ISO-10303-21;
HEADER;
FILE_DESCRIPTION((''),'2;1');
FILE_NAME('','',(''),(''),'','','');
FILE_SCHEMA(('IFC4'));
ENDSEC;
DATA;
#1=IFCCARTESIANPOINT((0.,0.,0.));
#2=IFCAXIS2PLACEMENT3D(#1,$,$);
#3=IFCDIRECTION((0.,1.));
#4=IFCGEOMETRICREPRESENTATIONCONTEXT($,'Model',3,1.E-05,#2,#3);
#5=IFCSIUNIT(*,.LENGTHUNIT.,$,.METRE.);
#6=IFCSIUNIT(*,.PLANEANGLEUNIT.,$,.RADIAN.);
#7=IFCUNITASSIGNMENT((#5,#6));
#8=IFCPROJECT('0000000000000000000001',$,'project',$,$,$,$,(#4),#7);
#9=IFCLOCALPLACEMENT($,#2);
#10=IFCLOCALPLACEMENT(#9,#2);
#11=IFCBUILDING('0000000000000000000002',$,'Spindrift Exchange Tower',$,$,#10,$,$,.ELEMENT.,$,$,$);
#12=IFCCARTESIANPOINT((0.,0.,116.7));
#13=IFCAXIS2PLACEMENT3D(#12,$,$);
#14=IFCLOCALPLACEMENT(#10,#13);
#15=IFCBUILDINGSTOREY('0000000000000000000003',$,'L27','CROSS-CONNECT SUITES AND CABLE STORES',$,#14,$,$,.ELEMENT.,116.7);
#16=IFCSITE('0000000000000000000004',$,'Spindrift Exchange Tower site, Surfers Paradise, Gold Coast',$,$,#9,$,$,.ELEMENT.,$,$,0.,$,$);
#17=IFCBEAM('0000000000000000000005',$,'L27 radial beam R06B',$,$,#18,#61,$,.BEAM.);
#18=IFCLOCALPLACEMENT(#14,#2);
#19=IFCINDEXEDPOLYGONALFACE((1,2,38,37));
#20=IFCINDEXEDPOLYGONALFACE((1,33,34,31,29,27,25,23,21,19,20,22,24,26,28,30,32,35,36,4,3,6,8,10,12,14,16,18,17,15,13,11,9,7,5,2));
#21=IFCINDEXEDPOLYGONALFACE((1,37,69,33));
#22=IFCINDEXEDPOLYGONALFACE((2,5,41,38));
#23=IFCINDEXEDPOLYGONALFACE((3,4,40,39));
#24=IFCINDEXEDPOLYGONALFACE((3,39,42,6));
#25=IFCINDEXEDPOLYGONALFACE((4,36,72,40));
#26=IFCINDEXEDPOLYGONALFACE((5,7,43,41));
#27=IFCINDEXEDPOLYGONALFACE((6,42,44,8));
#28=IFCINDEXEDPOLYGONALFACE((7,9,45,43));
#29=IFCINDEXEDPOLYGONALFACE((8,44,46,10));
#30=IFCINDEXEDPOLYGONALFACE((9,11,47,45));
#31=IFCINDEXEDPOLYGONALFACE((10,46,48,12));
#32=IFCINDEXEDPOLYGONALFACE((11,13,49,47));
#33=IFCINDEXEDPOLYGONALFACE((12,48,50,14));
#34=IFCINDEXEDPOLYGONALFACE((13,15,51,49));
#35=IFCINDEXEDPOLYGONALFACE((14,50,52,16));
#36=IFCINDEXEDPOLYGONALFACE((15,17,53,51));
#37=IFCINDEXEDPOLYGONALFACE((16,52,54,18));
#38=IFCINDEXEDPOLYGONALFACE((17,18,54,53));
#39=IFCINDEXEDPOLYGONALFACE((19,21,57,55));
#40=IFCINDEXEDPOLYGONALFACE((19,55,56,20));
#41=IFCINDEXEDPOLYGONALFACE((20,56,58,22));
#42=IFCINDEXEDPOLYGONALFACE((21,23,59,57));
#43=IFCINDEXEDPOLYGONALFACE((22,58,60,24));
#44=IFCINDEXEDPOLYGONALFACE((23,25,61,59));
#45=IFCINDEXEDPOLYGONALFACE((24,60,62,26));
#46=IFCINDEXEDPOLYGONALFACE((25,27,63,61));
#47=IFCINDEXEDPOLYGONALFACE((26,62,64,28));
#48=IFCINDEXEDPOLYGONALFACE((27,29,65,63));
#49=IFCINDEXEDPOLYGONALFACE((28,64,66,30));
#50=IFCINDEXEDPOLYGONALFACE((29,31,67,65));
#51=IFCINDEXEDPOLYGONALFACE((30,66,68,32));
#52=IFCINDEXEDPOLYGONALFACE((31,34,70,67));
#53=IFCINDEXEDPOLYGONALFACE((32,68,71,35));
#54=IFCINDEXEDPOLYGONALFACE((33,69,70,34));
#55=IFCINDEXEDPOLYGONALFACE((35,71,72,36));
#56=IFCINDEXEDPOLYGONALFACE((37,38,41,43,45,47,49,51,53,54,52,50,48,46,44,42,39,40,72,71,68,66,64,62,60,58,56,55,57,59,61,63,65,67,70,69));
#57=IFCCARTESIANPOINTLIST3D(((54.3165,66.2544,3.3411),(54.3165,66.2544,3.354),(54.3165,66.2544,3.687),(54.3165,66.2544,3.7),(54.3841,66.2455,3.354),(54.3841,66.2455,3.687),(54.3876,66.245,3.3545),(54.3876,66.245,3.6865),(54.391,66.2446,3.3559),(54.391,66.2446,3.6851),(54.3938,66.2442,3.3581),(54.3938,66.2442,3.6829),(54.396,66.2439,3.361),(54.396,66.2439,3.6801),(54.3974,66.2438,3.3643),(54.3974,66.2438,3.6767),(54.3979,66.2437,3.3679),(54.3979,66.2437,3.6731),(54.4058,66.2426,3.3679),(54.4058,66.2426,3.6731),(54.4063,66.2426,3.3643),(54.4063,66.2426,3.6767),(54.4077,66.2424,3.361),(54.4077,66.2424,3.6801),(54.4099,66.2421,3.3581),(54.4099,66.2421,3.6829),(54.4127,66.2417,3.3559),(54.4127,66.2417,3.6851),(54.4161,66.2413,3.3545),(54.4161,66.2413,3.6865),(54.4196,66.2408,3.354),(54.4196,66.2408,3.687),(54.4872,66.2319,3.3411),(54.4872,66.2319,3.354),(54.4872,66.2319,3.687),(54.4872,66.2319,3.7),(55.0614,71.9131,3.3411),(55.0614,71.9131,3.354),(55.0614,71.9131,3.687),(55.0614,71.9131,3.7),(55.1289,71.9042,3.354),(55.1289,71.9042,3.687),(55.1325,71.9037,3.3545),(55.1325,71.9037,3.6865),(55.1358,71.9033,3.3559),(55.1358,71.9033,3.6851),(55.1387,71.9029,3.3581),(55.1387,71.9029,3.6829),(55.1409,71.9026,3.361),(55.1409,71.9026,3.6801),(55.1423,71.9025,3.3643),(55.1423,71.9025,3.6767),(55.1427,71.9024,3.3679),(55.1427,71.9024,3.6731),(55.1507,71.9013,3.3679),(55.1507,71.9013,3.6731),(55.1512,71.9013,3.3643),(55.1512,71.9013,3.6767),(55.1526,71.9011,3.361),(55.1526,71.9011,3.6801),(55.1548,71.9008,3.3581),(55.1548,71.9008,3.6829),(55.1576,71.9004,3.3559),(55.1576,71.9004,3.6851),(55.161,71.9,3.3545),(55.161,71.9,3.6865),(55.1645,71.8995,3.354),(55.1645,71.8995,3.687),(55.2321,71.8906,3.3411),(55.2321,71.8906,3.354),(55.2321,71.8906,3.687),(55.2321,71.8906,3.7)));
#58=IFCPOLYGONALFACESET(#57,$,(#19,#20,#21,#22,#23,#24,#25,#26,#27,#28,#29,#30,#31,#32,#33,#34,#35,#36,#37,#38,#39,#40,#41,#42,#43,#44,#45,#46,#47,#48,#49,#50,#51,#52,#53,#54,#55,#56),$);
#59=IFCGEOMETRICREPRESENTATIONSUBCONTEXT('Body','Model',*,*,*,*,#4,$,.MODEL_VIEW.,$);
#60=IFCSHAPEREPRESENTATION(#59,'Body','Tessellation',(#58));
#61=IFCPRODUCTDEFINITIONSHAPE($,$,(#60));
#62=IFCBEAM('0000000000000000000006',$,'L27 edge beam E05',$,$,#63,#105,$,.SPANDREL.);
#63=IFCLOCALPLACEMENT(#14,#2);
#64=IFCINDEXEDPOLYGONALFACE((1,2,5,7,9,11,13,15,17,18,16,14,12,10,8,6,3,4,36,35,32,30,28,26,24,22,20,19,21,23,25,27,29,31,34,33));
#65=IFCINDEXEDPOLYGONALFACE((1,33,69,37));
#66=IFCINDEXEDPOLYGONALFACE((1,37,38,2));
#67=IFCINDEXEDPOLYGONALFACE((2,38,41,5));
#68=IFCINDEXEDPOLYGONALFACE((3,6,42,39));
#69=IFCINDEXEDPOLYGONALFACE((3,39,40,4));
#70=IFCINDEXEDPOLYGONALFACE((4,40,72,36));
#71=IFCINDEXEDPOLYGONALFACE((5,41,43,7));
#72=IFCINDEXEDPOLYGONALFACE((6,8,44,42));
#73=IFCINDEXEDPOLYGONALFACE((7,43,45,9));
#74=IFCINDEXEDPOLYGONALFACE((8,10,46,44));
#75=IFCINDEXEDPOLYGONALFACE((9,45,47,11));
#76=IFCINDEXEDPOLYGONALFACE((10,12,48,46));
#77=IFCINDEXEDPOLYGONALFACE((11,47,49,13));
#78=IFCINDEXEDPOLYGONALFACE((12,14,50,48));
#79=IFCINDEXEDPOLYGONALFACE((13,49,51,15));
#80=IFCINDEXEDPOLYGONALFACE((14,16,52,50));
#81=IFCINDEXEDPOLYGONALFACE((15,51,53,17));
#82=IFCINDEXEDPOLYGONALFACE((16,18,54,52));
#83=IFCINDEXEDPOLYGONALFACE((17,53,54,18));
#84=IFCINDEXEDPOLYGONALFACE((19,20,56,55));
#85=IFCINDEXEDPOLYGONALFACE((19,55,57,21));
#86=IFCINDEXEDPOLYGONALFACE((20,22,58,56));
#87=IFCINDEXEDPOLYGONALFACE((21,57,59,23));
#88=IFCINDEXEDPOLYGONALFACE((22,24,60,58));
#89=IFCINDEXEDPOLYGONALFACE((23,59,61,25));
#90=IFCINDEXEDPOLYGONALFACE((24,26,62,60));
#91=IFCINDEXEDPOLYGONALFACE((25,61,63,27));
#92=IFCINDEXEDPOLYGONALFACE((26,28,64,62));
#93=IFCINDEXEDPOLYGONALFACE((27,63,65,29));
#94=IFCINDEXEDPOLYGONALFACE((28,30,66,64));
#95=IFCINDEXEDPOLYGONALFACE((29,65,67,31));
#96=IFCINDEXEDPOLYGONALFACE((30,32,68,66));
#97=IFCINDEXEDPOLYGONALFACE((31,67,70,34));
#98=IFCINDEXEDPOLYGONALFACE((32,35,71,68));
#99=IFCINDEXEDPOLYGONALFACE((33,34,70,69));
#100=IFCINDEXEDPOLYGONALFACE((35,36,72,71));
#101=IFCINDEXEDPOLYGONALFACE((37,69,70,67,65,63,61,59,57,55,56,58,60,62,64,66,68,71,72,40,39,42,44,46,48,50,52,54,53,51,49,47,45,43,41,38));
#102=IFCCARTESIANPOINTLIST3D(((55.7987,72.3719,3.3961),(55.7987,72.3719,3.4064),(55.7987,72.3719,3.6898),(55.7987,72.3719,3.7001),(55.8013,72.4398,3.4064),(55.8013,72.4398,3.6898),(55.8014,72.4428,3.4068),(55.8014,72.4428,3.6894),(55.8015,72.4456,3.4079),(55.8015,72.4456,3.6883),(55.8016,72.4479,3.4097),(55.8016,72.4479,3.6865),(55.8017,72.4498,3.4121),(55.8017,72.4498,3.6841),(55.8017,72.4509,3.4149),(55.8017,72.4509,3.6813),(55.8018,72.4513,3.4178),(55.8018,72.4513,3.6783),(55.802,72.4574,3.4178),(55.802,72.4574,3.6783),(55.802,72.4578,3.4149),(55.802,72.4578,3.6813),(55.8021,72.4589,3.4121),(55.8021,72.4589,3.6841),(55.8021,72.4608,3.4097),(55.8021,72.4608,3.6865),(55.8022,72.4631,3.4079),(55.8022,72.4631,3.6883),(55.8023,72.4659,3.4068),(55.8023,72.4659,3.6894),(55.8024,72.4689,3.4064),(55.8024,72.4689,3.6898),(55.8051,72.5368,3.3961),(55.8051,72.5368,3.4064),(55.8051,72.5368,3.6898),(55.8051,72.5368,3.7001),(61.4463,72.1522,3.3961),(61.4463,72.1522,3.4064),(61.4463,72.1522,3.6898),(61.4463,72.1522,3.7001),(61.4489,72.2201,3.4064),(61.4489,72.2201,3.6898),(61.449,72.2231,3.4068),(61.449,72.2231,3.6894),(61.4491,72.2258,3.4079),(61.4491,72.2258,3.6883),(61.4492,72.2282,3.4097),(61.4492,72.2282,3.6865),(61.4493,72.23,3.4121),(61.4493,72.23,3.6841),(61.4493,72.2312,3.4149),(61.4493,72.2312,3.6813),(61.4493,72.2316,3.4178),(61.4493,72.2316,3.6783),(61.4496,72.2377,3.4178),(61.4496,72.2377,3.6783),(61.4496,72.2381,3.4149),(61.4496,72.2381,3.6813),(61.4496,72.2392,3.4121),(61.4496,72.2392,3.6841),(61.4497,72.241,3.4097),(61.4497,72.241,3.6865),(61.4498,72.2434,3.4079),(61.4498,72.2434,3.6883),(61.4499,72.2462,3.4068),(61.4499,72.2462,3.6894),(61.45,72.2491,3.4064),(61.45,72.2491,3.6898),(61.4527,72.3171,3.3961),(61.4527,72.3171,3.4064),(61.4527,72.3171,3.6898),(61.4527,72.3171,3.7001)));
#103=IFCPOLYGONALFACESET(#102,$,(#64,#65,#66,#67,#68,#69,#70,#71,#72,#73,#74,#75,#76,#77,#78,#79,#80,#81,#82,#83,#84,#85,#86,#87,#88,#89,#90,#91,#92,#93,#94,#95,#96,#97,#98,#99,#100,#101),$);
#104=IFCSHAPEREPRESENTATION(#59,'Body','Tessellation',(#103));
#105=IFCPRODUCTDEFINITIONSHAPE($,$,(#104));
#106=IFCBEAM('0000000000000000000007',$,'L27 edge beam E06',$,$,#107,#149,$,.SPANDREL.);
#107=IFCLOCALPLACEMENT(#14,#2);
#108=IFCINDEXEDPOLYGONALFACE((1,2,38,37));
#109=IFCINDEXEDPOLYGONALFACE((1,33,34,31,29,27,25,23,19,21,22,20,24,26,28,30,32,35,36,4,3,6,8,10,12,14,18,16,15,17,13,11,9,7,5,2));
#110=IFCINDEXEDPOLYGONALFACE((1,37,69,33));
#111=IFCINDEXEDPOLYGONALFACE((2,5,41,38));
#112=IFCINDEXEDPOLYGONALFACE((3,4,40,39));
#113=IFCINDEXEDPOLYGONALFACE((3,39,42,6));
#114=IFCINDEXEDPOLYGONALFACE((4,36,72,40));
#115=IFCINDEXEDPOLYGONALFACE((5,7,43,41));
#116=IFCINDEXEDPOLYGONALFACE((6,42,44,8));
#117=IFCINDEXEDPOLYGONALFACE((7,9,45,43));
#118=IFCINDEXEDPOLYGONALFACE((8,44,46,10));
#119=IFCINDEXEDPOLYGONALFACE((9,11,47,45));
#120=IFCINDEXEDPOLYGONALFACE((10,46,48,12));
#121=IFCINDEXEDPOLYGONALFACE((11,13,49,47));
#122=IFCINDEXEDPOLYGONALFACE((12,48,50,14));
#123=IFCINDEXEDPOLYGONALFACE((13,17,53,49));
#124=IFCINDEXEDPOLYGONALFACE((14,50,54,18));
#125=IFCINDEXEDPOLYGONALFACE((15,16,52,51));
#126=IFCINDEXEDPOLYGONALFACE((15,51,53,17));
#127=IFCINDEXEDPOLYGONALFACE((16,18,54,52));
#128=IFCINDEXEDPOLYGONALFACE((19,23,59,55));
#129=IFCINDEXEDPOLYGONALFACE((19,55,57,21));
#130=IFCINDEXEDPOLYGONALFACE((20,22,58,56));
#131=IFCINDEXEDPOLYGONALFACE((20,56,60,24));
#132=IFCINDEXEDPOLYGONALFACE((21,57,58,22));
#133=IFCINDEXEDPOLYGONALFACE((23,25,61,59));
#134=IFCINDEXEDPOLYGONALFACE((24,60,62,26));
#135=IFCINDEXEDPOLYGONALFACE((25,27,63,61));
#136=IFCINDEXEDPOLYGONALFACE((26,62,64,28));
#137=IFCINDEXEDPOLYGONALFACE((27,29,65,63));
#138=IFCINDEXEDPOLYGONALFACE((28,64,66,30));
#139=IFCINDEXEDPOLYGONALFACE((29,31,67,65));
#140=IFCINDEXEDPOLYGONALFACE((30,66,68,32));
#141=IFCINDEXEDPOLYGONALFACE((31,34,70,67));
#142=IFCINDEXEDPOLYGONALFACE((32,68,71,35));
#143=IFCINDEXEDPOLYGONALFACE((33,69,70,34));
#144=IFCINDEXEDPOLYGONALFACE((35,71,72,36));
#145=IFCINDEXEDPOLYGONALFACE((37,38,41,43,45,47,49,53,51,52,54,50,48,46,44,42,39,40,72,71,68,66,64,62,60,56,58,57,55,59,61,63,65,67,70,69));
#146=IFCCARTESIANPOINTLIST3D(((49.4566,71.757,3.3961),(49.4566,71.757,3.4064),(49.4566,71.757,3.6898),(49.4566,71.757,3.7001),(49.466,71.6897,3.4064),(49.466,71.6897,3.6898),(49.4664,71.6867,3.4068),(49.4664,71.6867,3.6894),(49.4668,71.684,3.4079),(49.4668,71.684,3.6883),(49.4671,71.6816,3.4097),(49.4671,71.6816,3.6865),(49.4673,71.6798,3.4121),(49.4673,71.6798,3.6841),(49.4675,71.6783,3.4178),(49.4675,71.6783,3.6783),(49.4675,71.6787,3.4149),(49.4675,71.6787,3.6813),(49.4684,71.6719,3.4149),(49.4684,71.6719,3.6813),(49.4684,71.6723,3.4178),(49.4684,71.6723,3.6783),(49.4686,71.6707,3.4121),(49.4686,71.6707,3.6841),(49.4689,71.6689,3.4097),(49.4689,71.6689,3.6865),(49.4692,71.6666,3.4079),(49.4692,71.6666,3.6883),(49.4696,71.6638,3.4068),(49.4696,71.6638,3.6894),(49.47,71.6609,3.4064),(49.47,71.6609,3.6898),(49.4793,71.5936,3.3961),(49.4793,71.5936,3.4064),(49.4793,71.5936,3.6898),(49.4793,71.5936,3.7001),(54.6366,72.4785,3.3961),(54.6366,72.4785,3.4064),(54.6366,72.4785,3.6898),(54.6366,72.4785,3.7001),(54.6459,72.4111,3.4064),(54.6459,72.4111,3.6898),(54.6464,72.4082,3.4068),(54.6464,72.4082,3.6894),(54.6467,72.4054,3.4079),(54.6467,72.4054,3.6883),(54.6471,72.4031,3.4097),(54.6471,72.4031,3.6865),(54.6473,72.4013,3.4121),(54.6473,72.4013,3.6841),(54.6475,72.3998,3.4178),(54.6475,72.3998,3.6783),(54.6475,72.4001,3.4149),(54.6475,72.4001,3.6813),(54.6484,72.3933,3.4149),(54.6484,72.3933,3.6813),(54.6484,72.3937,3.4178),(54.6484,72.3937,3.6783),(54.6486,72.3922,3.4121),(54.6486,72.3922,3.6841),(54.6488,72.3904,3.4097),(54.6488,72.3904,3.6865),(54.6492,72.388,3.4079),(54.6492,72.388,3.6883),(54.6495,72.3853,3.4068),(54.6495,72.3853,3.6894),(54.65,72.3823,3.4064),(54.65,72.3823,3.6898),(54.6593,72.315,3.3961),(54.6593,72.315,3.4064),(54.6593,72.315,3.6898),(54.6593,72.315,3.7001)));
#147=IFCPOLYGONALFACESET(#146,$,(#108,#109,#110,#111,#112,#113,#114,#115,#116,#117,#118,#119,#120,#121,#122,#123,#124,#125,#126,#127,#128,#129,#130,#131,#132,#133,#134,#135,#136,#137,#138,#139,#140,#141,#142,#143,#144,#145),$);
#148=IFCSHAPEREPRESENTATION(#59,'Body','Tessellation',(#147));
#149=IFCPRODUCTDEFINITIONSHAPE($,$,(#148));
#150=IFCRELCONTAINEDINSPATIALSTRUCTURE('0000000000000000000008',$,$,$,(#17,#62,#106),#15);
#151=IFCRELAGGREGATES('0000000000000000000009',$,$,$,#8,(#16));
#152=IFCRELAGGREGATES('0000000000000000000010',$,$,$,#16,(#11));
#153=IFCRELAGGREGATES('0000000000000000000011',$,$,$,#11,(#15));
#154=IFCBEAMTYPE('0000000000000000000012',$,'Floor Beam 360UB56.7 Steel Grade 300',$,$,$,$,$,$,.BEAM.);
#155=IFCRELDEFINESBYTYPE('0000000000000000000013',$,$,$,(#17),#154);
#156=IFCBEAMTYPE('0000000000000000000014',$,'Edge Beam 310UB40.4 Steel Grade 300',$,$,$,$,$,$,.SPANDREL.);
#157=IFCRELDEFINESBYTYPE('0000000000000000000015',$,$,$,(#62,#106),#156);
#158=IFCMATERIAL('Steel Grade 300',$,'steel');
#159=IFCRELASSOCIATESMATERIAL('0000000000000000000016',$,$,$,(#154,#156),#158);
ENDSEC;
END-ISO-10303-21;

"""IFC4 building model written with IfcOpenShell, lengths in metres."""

from ifc_helpers import new_model, si_unit, direction, frame, origin, origin_2d, place, context, subcontext, project, spatial, i_section, extrude, source, transform, mapped, material, material_profile, profile_set, type_object, element, save


model = new_model("IFC4")

# Units and contexts
model_context = context("Model", 3, precision=1e-05, world=origin(), true_north=direction((0.0, 1.0)))
body_context = subcontext(model_context, "Body", "Model", "MODEL_VIEW")
ifc_project = project(units=[si_unit("LENGTHUNIT", "METRE"), si_unit("PLANEANGLEUNIT", "RADIAN")], contexts=[model_context])

# Site, building, storey
site_placement = place(None, origin())
site = spatial("IfcSite", under=ifc_project, at=site_placement, Name="Spindrift Exchange Tower site, Surfers Paradise, Gold Coast", CompositionType="ELEMENT", RefElevation=0.0)
building_placement = place(site_placement, origin())
building = spatial("IfcBuilding", under=site, at=building_placement, Name="Spindrift Exchange Tower", CompositionType="ELEMENT")
storey_placement = place(building_placement, frame((0.0, 0.0, 116.7)))
storey = spatial("IfcBuildingStorey", under=building, at=storey_placement, Name="L27", Description="CROSS-CONNECT SUITES AND CABLE STORES", CompositionType="ELEMENT", Elevation=116.7)

# Beams
ifc_material_1 = material(Name="Steel Grade 300", Category="steel")
ifc_material_profile_1 = material_profile(ifc_material_1, i_section(OverallWidth=0.1721, OverallDepth=0.3589, WebThickness=0.0081, FlangeThickness=0.0129, FilletRadius=0.0139, at=origin_2d()), Name="360UB56.7")
ifc_profile_set_1 = profile_set([ifc_material_profile_1], Name="Steel Grade 300")
beam_type_1 = type_object("IfcBeamType", Name="Floor Beam 360UB56.7 Steel Grade 300", PredefinedType="BEAM", material=ifc_profile_set_1)
shared_shape_1 = source(origin(), body_context, "Body", "SweptSolid", [
    extrude(i_section(OverallWidth=0.1721, OverallDepth=0.3589, WebThickness=0.0081, FlangeThickness=0.0129, FilletRadius=0.0139, at=origin_2d()), origin(), (0.0, 0.0, 1.0), 5.7075),
])
beam_1_placement = place(storey_placement, frame((54.4019, 66.2432, 3.5205), z_axis=(0.130508, 0.991447, 0.0), x_axis=(-0.991447, 0.130508, 0.0)))
element("IfcBeam", 1, at=beam_1_placement, inside=storey, type_object=beam_type_1, Name="L27 radial beam R06B", PredefinedType="BEAM", context=body_context, shape_type="MappedRepresentation", body=[
    mapped(shared_shape_1, transform((0.0, 0.0, 0.0), scale=1.0)),
])
ifc_material_profile_2 = material_profile(ifc_material_1, i_section(OverallWidth=0.165, OverallDepth=0.304, WebThickness=0.0061, FlangeThickness=0.0103, FilletRadius=0.0115, at=origin_2d()), Name="310UB40.4")
ifc_profile_set_2 = profile_set([ifc_material_profile_2], Name="Steel Grade 300")
beam_type_2 = type_object("IfcBeamType", Name="Edge Beam 310UB40.4 Steel Grade 300", PredefinedType="SPANDREL", material=ifc_profile_set_2)
shared_shape_2 = source(origin(), body_context, "Body", "SweptSolid", [
    extrude(i_section(OverallWidth=0.165, OverallDepth=0.304, WebThickness=0.0061, FlangeThickness=0.0103, FilletRadius=0.0115, at=origin_2d()), origin(), (0.0, 0.0, 1.0), 5.6519),
])
beam_2_placement = place(storey_placement, frame((61.4495, 72.2346, 3.5481), z_axis=(-0.999244, 0.038878, 0.0), x_axis=(-0.038878, -0.999244, 0.0)))
element("IfcBeam", 2, at=beam_2_placement, inside=storey, type_object=beam_type_2, Name="L27 edge beam E05", PredefinedType="SPANDREL", context=body_context, shape_type="MappedRepresentation", body=[
    mapped(shared_shape_2, transform((0.0, 0.0, 0.0), scale=1.0)),
])
shared_shape_3 = source(origin(), body_context, "Body", "SweptSolid", [
    extrude(i_section(OverallWidth=0.165, OverallDepth=0.304, WebThickness=0.0061, FlangeThickness=0.0103, FilletRadius=0.0115, at=origin_2d()), origin(), (0.0, 0.0, 1.0), 5.23),
])
beam_3_placement = place(storey_placement, frame((54.6479, 72.3967, 3.5481), z_axis=(-0.99044, -0.137944, 0.0), x_axis=(0.137944, -0.99044, 0.0)))
element("IfcBeam", 3, at=beam_3_placement, inside=storey, type_object=beam_type_2, Name="L27 edge beam E06", PredefinedType="SPANDREL", context=body_context, shape_type="MappedRepresentation", body=[
    mapped(shared_shape_3, transform((0.0, 0.0, 0.0), scale=1.0)),
])

save(model, "model.ifc")
